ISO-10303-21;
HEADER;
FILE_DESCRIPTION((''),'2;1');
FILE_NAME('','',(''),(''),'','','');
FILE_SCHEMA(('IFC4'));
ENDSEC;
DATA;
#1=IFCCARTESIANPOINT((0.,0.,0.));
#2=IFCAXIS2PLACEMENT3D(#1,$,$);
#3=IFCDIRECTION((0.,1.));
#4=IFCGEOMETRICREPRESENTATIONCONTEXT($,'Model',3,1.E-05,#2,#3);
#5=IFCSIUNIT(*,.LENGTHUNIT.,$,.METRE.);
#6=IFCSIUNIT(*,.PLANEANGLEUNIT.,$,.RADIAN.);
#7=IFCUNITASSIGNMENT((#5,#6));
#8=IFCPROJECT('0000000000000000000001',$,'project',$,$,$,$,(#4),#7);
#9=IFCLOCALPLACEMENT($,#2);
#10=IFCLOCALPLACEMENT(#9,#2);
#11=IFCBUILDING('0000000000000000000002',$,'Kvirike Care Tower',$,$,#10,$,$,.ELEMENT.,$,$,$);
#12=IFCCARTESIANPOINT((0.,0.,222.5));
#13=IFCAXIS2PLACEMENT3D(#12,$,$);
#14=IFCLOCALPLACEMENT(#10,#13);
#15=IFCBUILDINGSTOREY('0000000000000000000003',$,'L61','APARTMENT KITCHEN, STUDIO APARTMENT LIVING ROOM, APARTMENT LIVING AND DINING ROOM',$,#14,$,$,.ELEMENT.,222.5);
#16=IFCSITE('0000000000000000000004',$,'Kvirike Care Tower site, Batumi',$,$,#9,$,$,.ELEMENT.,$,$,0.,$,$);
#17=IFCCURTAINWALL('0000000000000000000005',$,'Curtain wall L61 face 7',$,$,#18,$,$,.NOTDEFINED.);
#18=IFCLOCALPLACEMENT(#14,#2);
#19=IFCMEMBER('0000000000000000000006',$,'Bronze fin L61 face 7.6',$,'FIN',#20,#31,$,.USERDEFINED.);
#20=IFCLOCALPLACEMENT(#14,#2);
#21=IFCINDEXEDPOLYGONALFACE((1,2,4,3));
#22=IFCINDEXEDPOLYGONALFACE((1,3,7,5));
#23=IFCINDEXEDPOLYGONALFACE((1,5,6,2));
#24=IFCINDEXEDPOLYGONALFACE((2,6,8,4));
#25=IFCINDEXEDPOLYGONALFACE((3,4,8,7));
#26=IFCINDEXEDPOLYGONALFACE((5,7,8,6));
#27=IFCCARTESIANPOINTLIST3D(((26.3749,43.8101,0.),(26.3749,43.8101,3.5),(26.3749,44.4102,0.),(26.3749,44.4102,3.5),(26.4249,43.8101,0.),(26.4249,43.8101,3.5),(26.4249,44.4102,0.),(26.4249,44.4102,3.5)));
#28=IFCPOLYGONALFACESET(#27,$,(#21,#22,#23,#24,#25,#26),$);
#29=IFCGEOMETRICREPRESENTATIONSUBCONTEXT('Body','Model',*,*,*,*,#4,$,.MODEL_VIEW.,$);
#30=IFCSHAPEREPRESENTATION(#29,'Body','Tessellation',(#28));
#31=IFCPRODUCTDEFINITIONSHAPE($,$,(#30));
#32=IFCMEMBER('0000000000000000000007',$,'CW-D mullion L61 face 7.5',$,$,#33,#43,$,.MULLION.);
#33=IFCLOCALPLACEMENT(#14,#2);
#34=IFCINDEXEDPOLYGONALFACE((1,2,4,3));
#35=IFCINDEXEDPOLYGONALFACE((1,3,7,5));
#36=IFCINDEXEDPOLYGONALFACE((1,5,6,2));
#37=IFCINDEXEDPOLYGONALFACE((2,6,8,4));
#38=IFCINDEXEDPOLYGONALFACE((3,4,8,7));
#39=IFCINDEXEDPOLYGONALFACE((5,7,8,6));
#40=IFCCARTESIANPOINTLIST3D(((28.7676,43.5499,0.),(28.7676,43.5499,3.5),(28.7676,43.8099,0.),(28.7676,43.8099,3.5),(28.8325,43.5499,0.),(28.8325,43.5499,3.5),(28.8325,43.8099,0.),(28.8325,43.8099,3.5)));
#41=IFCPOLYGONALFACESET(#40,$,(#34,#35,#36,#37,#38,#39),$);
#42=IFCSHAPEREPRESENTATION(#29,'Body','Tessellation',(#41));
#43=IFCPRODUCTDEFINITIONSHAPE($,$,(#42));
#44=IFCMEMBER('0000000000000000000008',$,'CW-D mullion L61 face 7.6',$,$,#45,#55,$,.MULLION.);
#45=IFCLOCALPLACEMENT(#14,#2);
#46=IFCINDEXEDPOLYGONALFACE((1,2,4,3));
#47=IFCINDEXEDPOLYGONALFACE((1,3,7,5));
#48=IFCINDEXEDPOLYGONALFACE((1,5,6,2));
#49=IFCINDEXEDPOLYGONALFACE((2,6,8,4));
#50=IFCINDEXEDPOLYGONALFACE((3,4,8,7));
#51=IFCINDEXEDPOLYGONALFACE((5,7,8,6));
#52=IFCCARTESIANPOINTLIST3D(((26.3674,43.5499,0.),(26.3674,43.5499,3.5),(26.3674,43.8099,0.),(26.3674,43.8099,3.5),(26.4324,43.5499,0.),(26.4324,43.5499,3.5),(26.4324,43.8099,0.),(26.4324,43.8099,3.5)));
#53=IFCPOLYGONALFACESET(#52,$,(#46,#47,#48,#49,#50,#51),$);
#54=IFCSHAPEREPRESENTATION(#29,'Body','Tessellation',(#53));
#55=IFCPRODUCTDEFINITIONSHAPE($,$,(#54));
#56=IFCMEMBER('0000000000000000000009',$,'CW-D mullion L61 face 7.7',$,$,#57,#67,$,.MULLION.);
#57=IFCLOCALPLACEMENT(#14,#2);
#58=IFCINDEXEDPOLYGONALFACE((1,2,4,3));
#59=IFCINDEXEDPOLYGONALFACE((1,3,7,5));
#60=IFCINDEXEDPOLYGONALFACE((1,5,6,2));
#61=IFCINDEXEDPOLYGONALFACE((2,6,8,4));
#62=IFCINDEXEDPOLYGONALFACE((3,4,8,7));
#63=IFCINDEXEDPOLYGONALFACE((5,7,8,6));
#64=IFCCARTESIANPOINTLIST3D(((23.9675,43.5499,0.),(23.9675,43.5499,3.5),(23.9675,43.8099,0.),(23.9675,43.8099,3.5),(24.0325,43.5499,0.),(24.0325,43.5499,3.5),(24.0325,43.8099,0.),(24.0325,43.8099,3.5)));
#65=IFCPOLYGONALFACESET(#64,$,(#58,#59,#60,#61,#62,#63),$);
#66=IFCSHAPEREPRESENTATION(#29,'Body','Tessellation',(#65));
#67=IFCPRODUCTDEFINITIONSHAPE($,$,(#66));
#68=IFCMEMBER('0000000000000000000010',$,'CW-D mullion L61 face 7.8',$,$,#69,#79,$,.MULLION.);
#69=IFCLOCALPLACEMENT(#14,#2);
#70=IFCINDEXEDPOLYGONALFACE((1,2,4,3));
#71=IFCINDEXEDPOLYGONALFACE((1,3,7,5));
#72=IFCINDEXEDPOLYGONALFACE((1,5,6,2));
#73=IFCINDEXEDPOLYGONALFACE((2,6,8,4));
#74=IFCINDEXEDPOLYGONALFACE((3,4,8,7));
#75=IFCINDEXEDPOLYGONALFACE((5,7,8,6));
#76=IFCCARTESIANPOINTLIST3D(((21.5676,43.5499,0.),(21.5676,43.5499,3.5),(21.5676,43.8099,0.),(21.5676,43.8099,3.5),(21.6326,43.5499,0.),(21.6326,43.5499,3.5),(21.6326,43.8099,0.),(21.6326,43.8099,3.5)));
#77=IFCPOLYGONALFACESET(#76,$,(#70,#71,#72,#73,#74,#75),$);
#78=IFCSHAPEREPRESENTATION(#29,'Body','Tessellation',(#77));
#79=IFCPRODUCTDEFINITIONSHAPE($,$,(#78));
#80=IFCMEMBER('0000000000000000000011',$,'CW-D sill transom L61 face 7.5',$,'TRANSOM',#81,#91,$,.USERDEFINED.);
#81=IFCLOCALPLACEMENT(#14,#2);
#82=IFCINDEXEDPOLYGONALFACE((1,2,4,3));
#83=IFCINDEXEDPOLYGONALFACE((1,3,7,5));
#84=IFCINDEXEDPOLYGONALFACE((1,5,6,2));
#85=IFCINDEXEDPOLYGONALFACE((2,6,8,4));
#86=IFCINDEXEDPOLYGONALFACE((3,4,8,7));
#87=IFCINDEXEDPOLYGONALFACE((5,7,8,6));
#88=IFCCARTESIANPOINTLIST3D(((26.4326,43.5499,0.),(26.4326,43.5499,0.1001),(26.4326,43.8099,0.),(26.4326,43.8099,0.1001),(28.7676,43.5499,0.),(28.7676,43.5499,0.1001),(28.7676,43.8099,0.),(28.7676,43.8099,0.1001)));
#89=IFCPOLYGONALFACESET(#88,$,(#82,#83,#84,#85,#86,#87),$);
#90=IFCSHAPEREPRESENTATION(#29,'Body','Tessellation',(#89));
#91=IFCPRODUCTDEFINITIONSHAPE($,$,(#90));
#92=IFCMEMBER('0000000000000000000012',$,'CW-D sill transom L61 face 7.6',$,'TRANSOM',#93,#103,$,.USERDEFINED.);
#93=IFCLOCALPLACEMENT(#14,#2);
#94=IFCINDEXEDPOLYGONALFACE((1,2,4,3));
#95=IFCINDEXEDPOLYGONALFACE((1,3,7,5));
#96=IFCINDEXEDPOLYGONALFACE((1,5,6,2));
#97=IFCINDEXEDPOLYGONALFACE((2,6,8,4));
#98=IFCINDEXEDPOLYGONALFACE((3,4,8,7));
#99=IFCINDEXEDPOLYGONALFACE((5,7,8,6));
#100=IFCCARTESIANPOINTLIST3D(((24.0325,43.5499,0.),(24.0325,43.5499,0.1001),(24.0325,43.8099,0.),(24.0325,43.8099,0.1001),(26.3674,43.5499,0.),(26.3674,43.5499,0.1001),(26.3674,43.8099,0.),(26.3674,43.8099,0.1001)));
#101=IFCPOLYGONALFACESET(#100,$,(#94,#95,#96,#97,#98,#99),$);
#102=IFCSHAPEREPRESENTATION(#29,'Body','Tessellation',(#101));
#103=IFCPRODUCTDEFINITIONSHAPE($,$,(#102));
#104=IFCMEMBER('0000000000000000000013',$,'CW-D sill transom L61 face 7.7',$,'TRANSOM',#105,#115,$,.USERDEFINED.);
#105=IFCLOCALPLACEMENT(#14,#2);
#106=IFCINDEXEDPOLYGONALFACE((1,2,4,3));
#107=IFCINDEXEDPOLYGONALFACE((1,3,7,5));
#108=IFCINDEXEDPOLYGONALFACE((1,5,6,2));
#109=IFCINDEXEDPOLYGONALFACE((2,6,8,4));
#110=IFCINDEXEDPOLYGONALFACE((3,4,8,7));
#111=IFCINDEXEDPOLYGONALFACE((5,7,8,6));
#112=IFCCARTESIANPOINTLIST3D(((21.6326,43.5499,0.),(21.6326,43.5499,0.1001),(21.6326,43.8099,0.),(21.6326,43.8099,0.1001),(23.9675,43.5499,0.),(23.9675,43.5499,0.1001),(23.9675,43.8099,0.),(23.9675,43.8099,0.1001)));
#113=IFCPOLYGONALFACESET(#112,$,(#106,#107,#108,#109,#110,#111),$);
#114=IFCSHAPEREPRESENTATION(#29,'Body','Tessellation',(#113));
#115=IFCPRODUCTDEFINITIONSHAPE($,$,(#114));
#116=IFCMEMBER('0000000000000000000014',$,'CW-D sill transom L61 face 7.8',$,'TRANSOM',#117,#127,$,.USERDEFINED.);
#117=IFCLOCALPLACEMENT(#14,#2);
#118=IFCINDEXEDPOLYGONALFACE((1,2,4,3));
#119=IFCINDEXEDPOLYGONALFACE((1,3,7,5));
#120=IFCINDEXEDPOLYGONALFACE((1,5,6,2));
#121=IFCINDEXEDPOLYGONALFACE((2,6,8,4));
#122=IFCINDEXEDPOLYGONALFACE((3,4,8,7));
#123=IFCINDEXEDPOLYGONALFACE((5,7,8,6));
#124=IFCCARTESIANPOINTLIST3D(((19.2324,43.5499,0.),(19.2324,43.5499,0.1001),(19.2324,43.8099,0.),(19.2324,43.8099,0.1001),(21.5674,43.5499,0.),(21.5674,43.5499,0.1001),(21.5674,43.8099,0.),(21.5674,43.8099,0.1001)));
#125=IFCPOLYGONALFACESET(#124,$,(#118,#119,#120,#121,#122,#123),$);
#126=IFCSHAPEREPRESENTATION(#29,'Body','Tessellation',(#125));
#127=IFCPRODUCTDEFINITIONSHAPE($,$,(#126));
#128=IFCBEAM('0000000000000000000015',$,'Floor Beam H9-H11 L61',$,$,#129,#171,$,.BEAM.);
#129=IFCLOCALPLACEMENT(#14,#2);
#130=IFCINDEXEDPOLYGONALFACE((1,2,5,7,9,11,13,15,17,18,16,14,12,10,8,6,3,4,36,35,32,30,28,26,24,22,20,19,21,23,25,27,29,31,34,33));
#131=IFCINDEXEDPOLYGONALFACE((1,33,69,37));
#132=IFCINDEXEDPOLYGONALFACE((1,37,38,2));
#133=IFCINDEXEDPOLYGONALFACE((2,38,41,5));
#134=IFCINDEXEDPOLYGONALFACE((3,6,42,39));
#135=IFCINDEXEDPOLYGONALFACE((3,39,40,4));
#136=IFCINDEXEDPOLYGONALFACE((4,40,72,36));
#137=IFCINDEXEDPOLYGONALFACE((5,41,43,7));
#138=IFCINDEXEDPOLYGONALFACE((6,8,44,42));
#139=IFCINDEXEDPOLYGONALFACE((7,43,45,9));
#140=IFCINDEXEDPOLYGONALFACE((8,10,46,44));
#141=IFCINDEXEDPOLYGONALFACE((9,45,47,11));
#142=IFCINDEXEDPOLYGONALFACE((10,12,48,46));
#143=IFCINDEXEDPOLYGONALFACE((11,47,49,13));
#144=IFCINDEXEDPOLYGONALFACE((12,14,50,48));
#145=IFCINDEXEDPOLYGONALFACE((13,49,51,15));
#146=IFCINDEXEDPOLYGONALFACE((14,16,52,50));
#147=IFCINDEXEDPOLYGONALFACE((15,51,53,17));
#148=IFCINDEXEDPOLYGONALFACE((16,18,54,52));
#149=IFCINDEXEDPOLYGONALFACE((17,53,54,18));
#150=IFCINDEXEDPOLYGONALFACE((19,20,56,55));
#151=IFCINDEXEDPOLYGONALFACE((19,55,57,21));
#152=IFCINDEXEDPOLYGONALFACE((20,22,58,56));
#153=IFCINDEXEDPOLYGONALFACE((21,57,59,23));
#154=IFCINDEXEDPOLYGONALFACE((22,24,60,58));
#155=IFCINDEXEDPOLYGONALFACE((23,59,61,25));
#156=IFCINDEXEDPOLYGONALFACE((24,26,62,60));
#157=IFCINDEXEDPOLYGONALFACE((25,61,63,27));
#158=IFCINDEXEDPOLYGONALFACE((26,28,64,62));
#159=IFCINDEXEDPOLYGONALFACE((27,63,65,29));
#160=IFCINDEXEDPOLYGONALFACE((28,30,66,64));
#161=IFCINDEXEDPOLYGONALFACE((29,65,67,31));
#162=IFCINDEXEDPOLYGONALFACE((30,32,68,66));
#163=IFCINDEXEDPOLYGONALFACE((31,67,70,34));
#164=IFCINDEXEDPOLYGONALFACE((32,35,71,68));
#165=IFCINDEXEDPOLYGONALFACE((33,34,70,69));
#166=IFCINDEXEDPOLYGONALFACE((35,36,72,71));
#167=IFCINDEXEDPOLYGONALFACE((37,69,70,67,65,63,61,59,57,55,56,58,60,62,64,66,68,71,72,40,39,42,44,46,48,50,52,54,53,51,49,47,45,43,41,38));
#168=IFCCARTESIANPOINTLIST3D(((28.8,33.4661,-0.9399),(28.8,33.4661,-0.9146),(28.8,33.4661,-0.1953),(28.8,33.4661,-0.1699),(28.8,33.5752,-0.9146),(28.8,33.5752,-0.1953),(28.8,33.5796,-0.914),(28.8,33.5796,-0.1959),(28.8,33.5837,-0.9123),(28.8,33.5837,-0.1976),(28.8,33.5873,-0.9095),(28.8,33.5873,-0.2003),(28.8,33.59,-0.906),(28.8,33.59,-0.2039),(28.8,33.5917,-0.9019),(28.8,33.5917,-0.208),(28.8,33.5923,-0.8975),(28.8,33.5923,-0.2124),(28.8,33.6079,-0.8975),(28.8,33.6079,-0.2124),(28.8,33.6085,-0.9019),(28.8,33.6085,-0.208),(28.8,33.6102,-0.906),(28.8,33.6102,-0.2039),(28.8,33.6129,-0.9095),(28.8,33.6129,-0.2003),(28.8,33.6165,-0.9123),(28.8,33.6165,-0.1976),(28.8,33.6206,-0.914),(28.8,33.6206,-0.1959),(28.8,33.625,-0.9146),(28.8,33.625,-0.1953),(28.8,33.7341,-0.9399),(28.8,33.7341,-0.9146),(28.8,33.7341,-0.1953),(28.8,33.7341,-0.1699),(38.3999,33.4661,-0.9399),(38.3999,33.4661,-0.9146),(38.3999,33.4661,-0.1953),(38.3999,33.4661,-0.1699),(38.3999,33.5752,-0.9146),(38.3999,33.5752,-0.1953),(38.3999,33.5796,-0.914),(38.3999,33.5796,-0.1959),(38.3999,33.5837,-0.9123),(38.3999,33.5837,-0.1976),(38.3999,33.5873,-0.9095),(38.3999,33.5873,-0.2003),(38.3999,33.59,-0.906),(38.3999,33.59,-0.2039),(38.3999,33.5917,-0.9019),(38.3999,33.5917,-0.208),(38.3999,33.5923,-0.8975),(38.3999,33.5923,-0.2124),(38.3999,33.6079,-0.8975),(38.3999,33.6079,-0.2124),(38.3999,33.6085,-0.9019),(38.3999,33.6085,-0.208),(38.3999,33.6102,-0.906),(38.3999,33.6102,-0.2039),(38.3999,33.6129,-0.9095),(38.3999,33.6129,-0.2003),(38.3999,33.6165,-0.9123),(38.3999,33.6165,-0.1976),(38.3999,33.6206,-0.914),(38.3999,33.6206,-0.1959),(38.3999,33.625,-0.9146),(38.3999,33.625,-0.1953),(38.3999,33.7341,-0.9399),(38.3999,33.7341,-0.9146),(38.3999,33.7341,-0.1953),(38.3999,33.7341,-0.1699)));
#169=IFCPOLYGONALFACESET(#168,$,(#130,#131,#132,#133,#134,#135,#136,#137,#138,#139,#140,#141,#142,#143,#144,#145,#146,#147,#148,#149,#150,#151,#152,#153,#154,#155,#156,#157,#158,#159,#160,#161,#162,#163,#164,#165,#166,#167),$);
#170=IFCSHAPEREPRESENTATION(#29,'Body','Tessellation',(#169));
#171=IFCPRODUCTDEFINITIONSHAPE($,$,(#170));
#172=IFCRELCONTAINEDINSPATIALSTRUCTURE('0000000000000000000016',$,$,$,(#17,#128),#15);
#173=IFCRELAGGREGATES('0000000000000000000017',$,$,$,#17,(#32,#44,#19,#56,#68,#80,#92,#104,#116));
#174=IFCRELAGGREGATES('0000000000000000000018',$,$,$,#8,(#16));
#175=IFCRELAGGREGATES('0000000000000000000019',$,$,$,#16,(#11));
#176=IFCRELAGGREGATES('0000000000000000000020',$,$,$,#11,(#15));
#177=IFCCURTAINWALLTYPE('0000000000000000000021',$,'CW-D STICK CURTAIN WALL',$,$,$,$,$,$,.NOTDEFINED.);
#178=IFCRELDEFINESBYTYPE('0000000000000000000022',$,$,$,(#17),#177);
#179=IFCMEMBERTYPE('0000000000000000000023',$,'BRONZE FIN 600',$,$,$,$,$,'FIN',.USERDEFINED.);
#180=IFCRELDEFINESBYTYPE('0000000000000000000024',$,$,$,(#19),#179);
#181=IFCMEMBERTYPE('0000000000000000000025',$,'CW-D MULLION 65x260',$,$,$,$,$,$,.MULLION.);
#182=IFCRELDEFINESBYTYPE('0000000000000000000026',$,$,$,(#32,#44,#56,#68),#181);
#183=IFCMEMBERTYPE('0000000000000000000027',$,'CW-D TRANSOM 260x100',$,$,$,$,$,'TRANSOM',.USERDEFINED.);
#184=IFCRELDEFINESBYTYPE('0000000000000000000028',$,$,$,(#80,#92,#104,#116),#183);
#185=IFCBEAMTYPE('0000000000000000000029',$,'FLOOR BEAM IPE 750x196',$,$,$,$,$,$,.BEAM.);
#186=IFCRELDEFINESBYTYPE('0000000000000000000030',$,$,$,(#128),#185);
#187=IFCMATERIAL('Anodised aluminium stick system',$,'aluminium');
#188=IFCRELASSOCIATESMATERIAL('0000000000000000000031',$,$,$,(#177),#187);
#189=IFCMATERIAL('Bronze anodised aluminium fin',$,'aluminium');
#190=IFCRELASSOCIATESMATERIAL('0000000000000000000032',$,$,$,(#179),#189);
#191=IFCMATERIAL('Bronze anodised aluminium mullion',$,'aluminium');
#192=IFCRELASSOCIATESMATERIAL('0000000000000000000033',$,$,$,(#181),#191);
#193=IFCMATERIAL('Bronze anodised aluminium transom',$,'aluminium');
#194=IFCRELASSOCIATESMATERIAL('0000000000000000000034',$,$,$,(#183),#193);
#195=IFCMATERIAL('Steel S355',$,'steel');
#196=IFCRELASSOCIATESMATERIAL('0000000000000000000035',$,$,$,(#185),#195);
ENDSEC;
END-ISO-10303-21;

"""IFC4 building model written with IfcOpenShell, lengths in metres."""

from ifc_helpers import new_model, si_unit, direction, frame, origin, origin_2d, place, context, subcontext, project, spatial, rectangle, i_section, extrude, material, material_profile, profile_set, type_object, element, aggregate, save


model = new_model("IFC4")

# Units and contexts
model_context = context("Model", 3, precision=1e-05, world=origin(), true_north=direction((0.0, 1.0)))
body_context = subcontext(model_context, "Body", "Model", "MODEL_VIEW")
ifc_project = project(units=[si_unit("LENGTHUNIT", "METRE"), si_unit("PLANEANGLEUNIT", "RADIAN")], contexts=[model_context])

# Site, building, storey
site_placement = place(None, origin())
site = spatial("IfcSite", under=ifc_project, at=site_placement, Name="Kvirike Care Tower site, Batumi", CompositionType="ELEMENT", RefElevation=0.0)
building_placement = place(site_placement, origin())
building = spatial("IfcBuilding", under=site, at=building_placement, Name="Kvirike Care Tower", CompositionType="ELEMENT")
storey_placement = place(building_placement, frame((0.0, 0.0, 222.5)))
storey = spatial("IfcBuildingStorey", under=building, at=storey_placement, Name="L61", Description="APARTMENT KITCHEN, STUDIO APARTMENT LIVING ROOM, APARTMENT LIVING AND DINING ROOM", CompositionType="ELEMENT", Elevation=222.5)

# Curtain wall, members
ifc_material_1 = material(Name="Anodised aluminium stick system", Category="aluminium")
curtain_wall_type = type_object("IfcCurtainWallType", Name="CW-D STICK CURTAIN WALL", PredefinedType="NOTDEFINED", material=ifc_material_1)
curtain_wall_placement = place(storey_placement, origin())
curtain_wall = element("IfcCurtainWall", 1, at=curtain_wall_placement, inside=storey, type_object=curtain_wall_type, Name="Curtain wall L61 face 7", PredefinedType="NOTDEFINED")
ifc_material_2 = material(Name="Bronze anodised aluminium fin", Category="aluminium")
ifc_material_profile_1 = material_profile(ifc_material_2, rectangle(XDim=0.05, YDim=0.6001, at=origin_2d()), Name="BRONZE FIN 600")
ifc_profile_set_1 = profile_set([ifc_material_profile_1], Name="Bronze anodised aluminium fin")
member_type_1 = type_object("IfcMemberType", Name="BRONZE FIN 600", ElementType="FIN", PredefinedType="USERDEFINED", material=ifc_profile_set_1)
member_1_placement = place(storey_placement, frame((26.3999, 44.1101, 0.0), z_axis=(0.0, 0.0, 1.0), x_axis=(-1.0, 0.0, 0.0)))
member_1 = element("IfcMember", 2, at=member_1_placement, type_object=member_type_1, Name="Bronze fin L61 face 7.6", ObjectType="FIN", PredefinedType="USERDEFINED", context=body_context, shape_type="SweptSolid", body=[
    extrude(rectangle(XDim=0.05, YDim=0.6001, at=origin_2d()), origin(), (0.0, 0.0, 1.0), 3.5),
])
ifc_material_3 = material(Name="Bronze anodised aluminium mullion", Category="aluminium")
ifc_material_profile_2 = material_profile(ifc_material_3, rectangle(XDim=0.0649, YDim=0.26, at=origin_2d()), Name="CW-D MULLION 65x260")
ifc_profile_set_2 = profile_set([ifc_material_profile_2], Name="Bronze anodised aluminium mullion")
member_type_2 = type_object("IfcMemberType", Name="CW-D MULLION 65x260", PredefinedType="MULLION", material=ifc_profile_set_2)
member_2_placement = place(storey_placement, frame((28.8, 43.6799, 0.0), z_axis=(0.0, 0.0, 1.0), x_axis=(-1.0, 0.0, 0.0)))
member_2 = element("IfcMember", 3, at=member_2_placement, type_object=member_type_2, Name="CW-D mullion L61 face 7.5", PredefinedType="MULLION", context=body_context, shape_type="SweptSolid", body=[
    extrude(rectangle(XDim=0.0649, YDim=0.26, at=origin_2d()), origin(), (0.0, 0.0, 1.0), 3.5),
])
member_3_placement = place(storey_placement, frame((26.3999, 43.6799, 0.0), z_axis=(0.0, 0.0, 1.0), x_axis=(-1.0, 0.0, 0.0)))
member_3 = element("IfcMember", 4, at=member_3_placement, type_object=member_type_2, Name="CW-D mullion L61 face 7.6", PredefinedType="MULLION", context=body_context, shape_type="SweptSolid", body=[
    extrude(rectangle(XDim=0.0649, YDim=0.26, at=origin_2d()), origin(), (0.0, 0.0, 1.0), 3.5),
])
member_4_placement = place(storey_placement, frame((24.0, 43.6799, 0.0), z_axis=(0.0, 0.0, 1.0), x_axis=(-1.0, 0.0, 0.0)))
member_4 = element("IfcMember", 5, at=member_4_placement, type_object=member_type_2, Name="CW-D mullion L61 face 7.7", PredefinedType="MULLION", context=body_context, shape_type="SweptSolid", body=[
    extrude(rectangle(XDim=0.0649, YDim=0.26, at=origin_2d()), origin(), (0.0, 0.0, 1.0), 3.5),
])
member_5_placement = place(storey_placement, frame((21.6001, 43.6799, 0.0), z_axis=(0.0, 0.0, 1.0), x_axis=(-1.0, 0.0, 0.0)))
member_5 = element("IfcMember", 6, at=member_5_placement, type_object=member_type_2, Name="CW-D mullion L61 face 7.8", PredefinedType="MULLION", context=body_context, shape_type="SweptSolid", body=[
    extrude(rectangle(XDim=0.0649, YDim=0.26, at=origin_2d()), origin(), (0.0, 0.0, 1.0), 3.5),
])
ifc_material_4 = material(Name="Bronze anodised aluminium transom", Category="aluminium")
ifc_material_profile_3 = material_profile(ifc_material_4, rectangle(XDim=0.26, YDim=0.1001, at=origin_2d()), Name="CW-D TRANSOM 260x100")
ifc_profile_set_3 = profile_set([ifc_material_profile_3], Name="Bronze anodised aluminium transom")
member_type_3 = type_object("IfcMemberType", Name="CW-D TRANSOM 260x100", ElementType="TRANSOM", PredefinedType="USERDEFINED", material=ifc_profile_set_3)
member_6_placement = place(storey_placement, frame((28.7676, 43.6799, 0.05), z_axis=(-1.0, 0.0, 0.0), x_axis=(0.0, -1.0, 0.0)))
member_6 = element("IfcMember", 7, at=member_6_placement, type_object=member_type_3, Name="CW-D sill transom L61 face 7.5", ObjectType="TRANSOM", PredefinedType="USERDEFINED", context=body_context, shape_type="SweptSolid", body=[
    extrude(rectangle(XDim=0.26, YDim=0.1001, at=origin_2d()), origin(), (0.0, 0.0, 1.0), 2.335),
])
member_7_placement = place(storey_placement, frame((26.3674, 43.6799, 0.05), z_axis=(-1.0, 0.0, 0.0), x_axis=(0.0, -1.0, 0.0)))
member_7 = element("IfcMember", 8, at=member_7_placement, type_object=member_type_3, Name="CW-D sill transom L61 face 7.6", ObjectType="TRANSOM", PredefinedType="USERDEFINED", context=body_context, shape_type="SweptSolid", body=[
    extrude(rectangle(XDim=0.26, YDim=0.1001, at=origin_2d()), origin(), (0.0, 0.0, 1.0), 2.335),
])
member_8_placement = place(storey_placement, frame((23.9675, 43.6799, 0.05), z_axis=(-1.0, 0.0, 0.0), x_axis=(0.0, -1.0, 0.0)))
member_8 = element("IfcMember", 9, at=member_8_placement, type_object=member_type_3, Name="CW-D sill transom L61 face 7.7", ObjectType="TRANSOM", PredefinedType="USERDEFINED", context=body_context, shape_type="SweptSolid", body=[
    extrude(rectangle(XDim=0.26, YDim=0.1001, at=origin_2d()), origin(), (0.0, 0.0, 1.0), 2.335),
])
member_9_placement = place(storey_placement, frame((21.5674, 43.6799, 0.05), z_axis=(-1.0, 0.0, 0.0), x_axis=(0.0, -1.0, 0.0)))
member_9 = element("IfcMember", 10, at=member_9_placement, type_object=member_type_3, Name="CW-D sill transom L61 face 7.8", ObjectType="TRANSOM", PredefinedType="USERDEFINED", context=body_context, shape_type="SweptSolid", body=[
    extrude(rectangle(XDim=0.26, YDim=0.1001, at=origin_2d()), origin(), (0.0, 0.0, 1.0), 2.335),
])

# Beam
ifc_material_5 = material(Name="Steel S355", Category="steel")
ifc_material_profile_4 = material_profile(ifc_material_5, i_section(OverallWidth=0.2681, OverallDepth=0.77, WebThickness=0.0156, FlangeThickness=0.0254, FilletRadius=0.0171, at=origin_2d()), Name="IPE 750x196")
ifc_profile_set_4 = profile_set([ifc_material_profile_4], Name="Steel S355")
beam_type_1 = type_object("IfcBeamType", Name="FLOOR BEAM IPE 750x196", PredefinedType="BEAM", material=ifc_profile_set_4)
for number, where, z_axis, x_axis, name in (
    (11, (28.8, 33.6001, -0.5549), (1.0, 0.0, 0.0), (0.0, 1.0, 0.0), "Floor Beam H9-H11 L61"),
):
    element("IfcBeam", number, at=place(storey_placement, frame(where, z_axis=z_axis, x_axis=x_axis)), inside=storey, type_object=beam_type_1, Name=name, PredefinedType="BEAM", context=body_context, shape_type="SweptSolid", body=[
        extrude(i_section(OverallWidth=0.2681, OverallDepth=0.77, WebThickness=0.0156, FlangeThickness=0.0254, FilletRadius=0.0171, at=origin_2d()), origin(), (0.0, 0.0, 1.0), 9.5999),
    ])

aggregate(curtain_wall, [member_2, member_3, member_1, member_4, member_5, member_6, member_7, member_8, member_9])

save(model, "model.ifc")
